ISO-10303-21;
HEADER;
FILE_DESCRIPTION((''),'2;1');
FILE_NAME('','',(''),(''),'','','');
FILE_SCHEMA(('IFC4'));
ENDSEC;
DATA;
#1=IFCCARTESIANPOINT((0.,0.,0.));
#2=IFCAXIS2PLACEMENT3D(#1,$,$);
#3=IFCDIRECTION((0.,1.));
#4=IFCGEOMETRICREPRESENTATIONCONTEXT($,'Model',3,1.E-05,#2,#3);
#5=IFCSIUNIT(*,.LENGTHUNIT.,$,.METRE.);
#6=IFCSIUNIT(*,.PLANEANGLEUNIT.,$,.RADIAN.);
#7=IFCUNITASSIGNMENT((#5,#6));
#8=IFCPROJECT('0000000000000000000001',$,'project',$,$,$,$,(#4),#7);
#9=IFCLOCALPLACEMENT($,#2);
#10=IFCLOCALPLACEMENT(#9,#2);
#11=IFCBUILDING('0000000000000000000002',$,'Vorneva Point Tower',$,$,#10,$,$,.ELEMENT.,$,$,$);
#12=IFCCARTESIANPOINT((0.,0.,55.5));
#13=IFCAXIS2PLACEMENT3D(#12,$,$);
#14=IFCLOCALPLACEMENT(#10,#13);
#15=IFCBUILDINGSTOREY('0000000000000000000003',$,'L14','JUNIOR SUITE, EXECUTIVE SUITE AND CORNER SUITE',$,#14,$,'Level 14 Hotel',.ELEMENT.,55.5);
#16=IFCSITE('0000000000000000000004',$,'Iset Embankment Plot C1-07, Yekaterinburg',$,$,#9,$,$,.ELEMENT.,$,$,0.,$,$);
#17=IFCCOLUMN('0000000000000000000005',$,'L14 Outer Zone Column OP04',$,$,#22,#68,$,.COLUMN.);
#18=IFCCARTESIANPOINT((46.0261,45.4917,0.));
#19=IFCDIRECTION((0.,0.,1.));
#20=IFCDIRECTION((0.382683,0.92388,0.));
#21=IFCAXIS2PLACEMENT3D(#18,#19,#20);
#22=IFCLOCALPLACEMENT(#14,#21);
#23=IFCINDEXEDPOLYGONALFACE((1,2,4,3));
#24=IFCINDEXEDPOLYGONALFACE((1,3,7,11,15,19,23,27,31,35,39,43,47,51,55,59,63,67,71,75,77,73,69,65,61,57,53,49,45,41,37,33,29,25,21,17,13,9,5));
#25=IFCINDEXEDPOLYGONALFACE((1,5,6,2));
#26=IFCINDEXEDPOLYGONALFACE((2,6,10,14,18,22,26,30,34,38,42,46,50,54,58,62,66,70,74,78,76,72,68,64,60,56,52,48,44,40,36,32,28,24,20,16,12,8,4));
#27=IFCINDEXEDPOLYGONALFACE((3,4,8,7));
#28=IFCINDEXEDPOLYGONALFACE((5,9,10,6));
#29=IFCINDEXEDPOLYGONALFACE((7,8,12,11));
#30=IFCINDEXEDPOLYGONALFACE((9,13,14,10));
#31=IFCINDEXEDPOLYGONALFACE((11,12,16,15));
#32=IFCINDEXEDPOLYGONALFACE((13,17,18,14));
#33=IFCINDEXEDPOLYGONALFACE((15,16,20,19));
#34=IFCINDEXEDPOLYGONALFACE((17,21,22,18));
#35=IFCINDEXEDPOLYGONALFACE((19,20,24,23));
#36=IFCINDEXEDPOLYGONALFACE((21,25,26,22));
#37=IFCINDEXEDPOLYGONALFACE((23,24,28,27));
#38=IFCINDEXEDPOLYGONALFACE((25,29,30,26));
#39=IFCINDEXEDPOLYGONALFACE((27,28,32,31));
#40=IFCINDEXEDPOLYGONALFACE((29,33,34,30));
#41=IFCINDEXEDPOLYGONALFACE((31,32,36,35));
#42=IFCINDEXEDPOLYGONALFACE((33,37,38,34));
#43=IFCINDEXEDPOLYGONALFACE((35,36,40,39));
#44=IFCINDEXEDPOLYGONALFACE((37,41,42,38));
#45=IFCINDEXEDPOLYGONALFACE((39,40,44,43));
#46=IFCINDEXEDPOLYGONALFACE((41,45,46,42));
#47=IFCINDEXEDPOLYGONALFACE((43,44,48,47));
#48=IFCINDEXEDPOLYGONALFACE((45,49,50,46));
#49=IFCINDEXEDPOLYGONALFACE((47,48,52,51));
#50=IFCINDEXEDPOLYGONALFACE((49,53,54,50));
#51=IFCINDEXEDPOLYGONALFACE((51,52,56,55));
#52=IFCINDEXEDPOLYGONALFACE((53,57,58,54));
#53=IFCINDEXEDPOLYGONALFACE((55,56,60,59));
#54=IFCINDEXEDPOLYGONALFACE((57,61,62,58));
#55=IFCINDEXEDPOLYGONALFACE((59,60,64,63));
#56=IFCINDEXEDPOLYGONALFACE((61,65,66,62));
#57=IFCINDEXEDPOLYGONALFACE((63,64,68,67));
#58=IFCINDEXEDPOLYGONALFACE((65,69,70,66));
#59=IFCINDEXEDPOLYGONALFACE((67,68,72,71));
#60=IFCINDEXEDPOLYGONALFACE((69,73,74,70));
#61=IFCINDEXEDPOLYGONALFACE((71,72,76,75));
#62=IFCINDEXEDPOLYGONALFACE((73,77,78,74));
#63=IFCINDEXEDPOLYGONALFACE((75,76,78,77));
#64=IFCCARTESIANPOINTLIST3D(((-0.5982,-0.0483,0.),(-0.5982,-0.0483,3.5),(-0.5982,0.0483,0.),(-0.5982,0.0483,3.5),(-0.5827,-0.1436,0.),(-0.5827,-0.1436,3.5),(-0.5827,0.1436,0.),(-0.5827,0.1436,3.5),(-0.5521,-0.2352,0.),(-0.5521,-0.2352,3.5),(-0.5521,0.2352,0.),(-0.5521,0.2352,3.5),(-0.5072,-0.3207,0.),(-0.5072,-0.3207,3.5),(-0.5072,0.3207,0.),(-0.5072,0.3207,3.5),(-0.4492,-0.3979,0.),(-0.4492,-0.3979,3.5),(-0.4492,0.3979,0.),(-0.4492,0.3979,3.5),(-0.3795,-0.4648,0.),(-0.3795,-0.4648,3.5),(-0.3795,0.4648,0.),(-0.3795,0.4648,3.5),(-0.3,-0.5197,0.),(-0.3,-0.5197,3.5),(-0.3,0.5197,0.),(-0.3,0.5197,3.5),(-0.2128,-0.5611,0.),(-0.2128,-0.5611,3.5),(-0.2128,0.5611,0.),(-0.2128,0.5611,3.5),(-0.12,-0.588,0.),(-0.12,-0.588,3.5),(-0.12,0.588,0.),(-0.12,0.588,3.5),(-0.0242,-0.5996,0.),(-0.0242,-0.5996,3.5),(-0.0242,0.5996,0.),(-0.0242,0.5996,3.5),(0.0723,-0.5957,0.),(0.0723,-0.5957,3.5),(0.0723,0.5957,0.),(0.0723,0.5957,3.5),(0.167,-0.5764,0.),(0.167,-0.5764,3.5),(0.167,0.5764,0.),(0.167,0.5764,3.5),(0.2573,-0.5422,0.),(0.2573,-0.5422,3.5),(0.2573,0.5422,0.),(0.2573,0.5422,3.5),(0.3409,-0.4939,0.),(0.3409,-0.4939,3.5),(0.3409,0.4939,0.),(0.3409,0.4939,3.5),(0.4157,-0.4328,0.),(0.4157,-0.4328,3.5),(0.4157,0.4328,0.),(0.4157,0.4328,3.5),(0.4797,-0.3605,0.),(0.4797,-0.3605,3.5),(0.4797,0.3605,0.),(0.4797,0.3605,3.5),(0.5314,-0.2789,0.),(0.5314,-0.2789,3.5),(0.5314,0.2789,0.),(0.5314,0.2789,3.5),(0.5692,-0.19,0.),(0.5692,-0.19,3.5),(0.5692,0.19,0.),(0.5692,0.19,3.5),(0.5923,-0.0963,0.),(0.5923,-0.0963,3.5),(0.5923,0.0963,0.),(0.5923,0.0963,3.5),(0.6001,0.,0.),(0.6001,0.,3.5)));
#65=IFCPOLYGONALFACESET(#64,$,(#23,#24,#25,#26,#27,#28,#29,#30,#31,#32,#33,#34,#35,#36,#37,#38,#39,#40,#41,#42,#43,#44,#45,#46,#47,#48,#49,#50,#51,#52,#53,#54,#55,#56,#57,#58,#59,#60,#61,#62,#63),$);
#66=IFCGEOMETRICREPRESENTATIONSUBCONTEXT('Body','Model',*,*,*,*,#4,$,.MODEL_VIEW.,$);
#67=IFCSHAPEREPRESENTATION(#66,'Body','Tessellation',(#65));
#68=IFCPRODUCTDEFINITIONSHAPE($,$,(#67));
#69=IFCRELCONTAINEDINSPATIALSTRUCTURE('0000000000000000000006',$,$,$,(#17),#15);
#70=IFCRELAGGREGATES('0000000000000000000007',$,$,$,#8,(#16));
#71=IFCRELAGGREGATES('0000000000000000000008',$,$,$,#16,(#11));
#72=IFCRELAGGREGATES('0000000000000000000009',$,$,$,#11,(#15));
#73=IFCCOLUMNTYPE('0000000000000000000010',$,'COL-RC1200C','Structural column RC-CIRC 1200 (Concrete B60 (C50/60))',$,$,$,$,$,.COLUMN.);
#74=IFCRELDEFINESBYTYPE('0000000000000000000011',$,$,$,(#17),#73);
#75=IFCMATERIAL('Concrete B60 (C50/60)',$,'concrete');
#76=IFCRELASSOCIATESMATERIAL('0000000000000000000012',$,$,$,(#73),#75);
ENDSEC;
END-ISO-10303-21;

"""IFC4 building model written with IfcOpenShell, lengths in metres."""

from ifc_helpers import new_model, si_unit, direction, frame, origin, origin_2d, place, context, subcontext, project, spatial, circle, extrude, material, material_profile, profile_set, type_object, element, save


model = new_model("IFC4")

# Units and contexts
model_context = context("Model", 3, precision=1e-05, world=origin(), true_north=direction((0.0, 1.0)))
body_context = subcontext(model_context, "Body", "Model", "MODEL_VIEW")
ifc_project = project(units=[si_unit("LENGTHUNIT", "METRE"), si_unit("PLANEANGLEUNIT", "RADIAN")], contexts=[model_context])

# Site, building, storey
site_placement = place(None, origin())
site = spatial("IfcSite", under=ifc_project, at=site_placement, Name="Iset Embankment Plot C1-07, Yekaterinburg", CompositionType="ELEMENT", RefElevation=0.0)
building_placement = place(site_placement, origin())
building = spatial("IfcBuilding", under=site, at=building_placement, Name="Vorneva Point Tower", CompositionType="ELEMENT")
storey_placement = place(building_placement, frame((0.0, 0.0, 55.5)))
storey = spatial("IfcBuildingStorey", under=building, at=storey_placement, Name="L14", Description="JUNIOR SUITE, EXECUTIVE SUITE AND CORNER SUITE", LongName="Level 14 Hotel", CompositionType="ELEMENT", Elevation=55.5)

# Column
ifc_material_1 = material(Name="Concrete B60 (C50/60)", Category="concrete")
ifc_material_profile_1 = material_profile(ifc_material_1, circle(Radius=0.6001, at=origin_2d()), Name="RC-CIRC 1200")
ifc_profile_set_1 = profile_set([ifc_material_profile_1], Name="Concrete B60 (C50/60)")
column_type = type_object("IfcColumnType", Name="COL-RC1200C", Description="Structural column RC-CIRC 1200 (Concrete B60 (C50/60))", PredefinedType="COLUMN", material=ifc_profile_set_1)
for number, where, z_axis, x_axis, name in (
    (1, (46.0261, 45.4917, 0.0), (0.0, 0.0, 1.0), (0.382683, 0.92388, 0.0), "L14 Outer Zone Column OP04"),
):
    element("IfcColumn", number, at=place(storey_placement, frame(where, z_axis=z_axis, x_axis=x_axis)), inside=storey, type_object=column_type, Name=name, PredefinedType="COLUMN", context=body_context, shape_type="SweptSolid", body=[
        extrude(circle(Radius=0.6001, at=origin_2d()), origin(), (0.0, 0.0, 1.0), 3.5),
    ])

save(model, "model.ifc")
